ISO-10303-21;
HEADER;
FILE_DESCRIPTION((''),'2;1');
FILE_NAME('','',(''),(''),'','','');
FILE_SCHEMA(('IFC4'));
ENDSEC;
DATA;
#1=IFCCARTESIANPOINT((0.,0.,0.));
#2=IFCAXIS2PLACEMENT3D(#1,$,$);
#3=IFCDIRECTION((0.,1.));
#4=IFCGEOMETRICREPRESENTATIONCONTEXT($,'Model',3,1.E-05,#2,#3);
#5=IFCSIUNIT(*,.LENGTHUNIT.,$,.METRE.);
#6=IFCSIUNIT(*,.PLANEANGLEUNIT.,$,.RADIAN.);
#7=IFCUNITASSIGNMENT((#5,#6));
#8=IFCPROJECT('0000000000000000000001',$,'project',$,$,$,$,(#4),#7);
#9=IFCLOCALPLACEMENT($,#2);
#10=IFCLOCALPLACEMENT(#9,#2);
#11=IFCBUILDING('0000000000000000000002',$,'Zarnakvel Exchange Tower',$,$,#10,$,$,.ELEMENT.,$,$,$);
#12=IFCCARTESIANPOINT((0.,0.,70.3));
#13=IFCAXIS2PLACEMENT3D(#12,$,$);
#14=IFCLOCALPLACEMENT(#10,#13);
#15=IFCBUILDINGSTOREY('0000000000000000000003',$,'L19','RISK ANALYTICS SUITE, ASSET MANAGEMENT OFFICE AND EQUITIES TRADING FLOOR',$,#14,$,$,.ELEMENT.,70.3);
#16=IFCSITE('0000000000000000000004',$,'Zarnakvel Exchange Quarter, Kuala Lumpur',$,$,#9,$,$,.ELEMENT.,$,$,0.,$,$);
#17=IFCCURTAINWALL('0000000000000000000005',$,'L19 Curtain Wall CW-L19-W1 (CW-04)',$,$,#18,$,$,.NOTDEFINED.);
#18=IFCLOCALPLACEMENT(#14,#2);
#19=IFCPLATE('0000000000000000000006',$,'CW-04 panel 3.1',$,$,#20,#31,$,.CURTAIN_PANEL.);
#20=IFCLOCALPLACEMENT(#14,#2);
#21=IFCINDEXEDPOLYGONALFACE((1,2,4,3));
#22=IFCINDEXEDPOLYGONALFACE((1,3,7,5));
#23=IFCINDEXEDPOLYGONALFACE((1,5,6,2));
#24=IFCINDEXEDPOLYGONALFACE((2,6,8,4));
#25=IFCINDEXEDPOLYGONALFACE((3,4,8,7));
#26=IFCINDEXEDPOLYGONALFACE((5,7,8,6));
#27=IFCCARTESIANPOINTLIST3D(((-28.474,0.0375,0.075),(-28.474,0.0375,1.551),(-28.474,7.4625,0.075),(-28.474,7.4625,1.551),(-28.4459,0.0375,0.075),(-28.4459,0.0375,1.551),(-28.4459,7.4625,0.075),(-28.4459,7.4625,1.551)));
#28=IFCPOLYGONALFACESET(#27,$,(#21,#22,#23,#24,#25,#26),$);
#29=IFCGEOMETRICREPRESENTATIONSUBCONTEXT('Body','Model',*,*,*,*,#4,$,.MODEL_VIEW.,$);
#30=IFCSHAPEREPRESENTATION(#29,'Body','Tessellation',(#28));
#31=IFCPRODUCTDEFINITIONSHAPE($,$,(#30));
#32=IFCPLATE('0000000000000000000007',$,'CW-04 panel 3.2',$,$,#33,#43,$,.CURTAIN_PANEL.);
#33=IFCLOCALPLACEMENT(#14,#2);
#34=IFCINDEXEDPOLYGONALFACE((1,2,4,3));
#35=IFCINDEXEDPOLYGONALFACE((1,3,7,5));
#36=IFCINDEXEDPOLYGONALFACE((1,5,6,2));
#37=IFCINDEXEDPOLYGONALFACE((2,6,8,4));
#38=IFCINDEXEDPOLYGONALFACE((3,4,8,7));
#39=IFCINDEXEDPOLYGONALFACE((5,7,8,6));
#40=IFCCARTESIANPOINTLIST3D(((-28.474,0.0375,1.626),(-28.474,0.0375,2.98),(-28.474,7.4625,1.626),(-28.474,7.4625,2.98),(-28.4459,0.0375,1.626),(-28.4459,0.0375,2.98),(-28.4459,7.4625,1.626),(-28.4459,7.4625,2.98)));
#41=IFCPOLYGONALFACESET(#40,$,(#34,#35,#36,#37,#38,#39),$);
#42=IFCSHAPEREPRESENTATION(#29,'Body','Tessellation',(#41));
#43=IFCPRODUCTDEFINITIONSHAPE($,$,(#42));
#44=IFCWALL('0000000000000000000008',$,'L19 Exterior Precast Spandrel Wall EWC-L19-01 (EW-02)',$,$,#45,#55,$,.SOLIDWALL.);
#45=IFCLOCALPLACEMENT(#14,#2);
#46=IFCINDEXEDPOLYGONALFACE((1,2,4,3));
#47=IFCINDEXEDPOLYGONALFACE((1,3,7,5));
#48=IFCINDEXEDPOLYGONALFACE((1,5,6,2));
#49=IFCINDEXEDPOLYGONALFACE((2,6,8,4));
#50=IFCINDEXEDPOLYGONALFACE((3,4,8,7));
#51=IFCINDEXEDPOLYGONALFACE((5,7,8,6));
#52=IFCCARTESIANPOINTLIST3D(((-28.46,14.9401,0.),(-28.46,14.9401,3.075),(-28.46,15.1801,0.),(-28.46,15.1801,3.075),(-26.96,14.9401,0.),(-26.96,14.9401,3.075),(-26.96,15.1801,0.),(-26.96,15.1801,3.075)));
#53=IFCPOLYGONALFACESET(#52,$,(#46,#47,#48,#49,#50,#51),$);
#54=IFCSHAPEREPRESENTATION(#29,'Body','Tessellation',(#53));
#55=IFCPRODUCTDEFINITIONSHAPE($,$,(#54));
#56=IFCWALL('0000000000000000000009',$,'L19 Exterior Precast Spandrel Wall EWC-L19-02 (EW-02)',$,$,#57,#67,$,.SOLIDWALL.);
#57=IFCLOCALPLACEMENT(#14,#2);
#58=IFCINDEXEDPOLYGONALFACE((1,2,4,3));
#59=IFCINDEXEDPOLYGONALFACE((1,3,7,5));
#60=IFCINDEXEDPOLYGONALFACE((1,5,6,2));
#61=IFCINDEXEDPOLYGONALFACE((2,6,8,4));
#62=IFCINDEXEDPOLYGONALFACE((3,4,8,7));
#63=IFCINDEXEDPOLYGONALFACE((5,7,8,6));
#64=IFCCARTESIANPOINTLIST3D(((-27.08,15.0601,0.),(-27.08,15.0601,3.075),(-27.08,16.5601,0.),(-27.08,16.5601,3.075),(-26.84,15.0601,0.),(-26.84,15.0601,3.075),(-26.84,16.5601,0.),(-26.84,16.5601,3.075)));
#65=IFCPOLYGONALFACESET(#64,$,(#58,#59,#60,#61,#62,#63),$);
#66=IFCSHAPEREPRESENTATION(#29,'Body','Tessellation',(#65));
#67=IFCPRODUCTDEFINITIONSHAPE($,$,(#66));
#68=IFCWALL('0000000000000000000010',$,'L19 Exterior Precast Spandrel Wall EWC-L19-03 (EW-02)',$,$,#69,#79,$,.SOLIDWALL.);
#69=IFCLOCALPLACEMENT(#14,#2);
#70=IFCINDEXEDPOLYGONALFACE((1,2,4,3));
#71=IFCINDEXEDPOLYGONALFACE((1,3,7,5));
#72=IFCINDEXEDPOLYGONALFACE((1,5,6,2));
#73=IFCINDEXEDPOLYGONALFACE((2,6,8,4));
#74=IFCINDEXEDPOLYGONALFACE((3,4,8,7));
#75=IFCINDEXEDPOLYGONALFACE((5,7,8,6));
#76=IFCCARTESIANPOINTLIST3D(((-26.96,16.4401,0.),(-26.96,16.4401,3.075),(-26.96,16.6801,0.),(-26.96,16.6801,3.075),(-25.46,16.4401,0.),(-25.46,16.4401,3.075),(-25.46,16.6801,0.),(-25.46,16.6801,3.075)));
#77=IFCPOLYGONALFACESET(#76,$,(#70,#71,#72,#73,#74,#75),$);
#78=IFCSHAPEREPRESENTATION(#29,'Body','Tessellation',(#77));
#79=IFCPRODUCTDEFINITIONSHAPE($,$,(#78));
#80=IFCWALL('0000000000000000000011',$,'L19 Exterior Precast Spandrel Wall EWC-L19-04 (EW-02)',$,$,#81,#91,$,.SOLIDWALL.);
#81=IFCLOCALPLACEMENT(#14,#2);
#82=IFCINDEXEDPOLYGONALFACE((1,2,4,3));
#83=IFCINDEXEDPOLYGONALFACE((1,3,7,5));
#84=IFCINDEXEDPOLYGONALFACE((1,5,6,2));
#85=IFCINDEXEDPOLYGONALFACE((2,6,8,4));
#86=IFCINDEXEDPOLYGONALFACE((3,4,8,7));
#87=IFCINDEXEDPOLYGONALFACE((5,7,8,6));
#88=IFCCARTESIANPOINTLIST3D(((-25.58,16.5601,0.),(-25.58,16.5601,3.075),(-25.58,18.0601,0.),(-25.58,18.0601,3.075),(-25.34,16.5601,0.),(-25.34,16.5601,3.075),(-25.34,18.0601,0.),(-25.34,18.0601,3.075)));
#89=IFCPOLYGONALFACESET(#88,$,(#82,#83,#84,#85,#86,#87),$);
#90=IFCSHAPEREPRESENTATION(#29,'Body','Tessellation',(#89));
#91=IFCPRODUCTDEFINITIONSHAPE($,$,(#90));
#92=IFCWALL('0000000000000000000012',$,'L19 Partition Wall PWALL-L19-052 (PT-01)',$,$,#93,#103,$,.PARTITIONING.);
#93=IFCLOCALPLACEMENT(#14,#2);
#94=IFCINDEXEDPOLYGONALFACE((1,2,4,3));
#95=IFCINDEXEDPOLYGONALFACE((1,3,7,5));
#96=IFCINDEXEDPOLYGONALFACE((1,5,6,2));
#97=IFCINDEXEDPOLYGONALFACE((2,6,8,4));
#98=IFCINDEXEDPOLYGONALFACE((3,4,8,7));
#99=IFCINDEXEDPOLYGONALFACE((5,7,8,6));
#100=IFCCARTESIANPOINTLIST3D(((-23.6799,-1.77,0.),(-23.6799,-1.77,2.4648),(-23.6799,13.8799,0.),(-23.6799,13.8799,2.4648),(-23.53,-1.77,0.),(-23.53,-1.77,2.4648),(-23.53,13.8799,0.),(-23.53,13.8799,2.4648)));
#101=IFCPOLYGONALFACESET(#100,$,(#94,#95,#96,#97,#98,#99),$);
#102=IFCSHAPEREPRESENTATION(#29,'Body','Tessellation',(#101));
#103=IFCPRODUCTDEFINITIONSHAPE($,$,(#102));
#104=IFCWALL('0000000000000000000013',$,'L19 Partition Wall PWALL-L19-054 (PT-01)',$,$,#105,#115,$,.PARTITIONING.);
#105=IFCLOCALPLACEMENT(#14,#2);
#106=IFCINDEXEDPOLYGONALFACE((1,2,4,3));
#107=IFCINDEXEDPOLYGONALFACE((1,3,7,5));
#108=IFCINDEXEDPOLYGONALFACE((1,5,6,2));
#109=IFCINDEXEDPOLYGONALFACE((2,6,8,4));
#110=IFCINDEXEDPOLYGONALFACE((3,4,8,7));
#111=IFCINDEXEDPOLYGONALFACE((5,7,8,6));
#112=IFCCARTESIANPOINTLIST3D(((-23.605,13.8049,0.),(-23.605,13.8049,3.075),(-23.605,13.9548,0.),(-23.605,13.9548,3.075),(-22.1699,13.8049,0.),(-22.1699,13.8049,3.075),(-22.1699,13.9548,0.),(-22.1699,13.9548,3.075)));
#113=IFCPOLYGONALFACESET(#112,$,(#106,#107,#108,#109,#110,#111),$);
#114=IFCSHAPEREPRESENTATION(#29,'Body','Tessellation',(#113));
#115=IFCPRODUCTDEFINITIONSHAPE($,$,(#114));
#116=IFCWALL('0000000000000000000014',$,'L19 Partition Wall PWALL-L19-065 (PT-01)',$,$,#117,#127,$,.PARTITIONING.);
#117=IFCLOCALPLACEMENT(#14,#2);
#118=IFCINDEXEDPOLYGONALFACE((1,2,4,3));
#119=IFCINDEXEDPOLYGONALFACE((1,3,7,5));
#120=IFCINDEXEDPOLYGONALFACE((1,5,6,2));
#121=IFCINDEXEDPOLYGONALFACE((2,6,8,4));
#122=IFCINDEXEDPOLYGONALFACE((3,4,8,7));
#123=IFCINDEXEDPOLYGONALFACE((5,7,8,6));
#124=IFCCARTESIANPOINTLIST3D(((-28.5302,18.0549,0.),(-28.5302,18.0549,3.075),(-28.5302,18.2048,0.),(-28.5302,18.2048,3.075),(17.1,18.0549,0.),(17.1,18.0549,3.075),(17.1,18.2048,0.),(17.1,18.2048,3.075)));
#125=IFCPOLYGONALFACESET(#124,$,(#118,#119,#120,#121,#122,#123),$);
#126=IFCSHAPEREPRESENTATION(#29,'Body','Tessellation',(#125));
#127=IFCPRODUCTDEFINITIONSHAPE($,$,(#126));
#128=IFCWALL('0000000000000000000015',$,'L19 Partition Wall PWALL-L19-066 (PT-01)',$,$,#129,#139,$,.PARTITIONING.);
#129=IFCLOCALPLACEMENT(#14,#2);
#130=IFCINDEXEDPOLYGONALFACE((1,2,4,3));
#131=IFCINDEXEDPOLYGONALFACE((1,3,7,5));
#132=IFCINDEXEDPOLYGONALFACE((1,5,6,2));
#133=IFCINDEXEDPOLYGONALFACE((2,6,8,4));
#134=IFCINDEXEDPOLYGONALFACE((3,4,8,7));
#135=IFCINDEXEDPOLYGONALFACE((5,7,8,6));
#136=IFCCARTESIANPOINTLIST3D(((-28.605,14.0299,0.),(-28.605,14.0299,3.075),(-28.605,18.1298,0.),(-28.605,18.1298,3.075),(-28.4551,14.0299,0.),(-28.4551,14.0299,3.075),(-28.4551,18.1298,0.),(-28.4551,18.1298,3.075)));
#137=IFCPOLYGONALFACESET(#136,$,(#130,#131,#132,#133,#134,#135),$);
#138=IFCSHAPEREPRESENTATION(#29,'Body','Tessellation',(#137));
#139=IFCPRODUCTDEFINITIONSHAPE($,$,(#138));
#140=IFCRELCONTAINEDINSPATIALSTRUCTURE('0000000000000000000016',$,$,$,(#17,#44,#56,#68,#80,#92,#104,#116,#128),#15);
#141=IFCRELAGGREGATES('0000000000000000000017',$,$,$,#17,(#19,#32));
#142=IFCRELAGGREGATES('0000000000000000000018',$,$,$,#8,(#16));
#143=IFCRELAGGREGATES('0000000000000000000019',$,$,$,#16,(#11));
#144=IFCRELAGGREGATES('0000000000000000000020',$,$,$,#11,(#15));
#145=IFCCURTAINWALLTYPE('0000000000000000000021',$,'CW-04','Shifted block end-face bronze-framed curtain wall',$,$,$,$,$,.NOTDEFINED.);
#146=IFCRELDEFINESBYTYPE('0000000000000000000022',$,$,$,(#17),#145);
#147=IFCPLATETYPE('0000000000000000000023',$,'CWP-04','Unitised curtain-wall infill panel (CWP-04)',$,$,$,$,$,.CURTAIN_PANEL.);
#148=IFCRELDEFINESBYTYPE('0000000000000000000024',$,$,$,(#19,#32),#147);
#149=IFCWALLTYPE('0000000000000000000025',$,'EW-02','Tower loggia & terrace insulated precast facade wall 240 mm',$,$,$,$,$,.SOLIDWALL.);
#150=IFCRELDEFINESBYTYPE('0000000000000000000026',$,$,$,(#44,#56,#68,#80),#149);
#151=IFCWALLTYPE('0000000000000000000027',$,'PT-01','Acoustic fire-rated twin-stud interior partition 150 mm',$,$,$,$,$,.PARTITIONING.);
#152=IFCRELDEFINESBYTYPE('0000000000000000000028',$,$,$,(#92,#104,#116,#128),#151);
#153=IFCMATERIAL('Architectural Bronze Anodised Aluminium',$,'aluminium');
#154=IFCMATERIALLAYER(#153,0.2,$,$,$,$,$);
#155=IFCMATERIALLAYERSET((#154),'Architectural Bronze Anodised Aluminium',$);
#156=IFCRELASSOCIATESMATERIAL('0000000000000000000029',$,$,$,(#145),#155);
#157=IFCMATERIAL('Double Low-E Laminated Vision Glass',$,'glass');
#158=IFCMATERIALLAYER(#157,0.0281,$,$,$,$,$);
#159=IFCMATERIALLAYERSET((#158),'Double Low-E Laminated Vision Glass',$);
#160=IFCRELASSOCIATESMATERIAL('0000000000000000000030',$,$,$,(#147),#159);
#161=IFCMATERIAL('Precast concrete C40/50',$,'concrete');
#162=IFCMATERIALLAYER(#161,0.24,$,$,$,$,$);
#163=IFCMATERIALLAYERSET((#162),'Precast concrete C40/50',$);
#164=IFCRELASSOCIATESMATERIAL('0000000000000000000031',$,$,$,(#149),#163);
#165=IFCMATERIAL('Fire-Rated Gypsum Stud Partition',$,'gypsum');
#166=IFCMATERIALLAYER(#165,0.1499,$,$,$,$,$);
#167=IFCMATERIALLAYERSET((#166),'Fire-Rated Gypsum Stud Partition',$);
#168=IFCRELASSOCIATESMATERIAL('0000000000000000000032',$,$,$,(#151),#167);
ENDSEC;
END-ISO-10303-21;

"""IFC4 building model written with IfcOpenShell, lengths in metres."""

from ifc_helpers import new_model, si_unit, direction, frame, frame_2d, origin, origin_2d, place, context, subcontext, project, spatial, rectangle, extrude, source, transform, mapped, material, layer, layer_set, type_object, element, aggregate, save


model = new_model("IFC4")

# Units and contexts
model_context = context("Model", 3, precision=1e-05, world=origin(), true_north=direction((0.0, 1.0)))
body_context = subcontext(model_context, "Body", "Model", "MODEL_VIEW")
ifc_project = project(units=[si_unit("LENGTHUNIT", "METRE"), si_unit("PLANEANGLEUNIT", "RADIAN")], contexts=[model_context])

# Site, building, storey
site_placement = place(None, origin())
site = spatial("IfcSite", under=ifc_project, at=site_placement, Name="Zarnakvel Exchange Quarter, Kuala Lumpur", CompositionType="ELEMENT", RefElevation=0.0)
building_placement = place(site_placement, origin())
building = spatial("IfcBuilding", under=site, at=building_placement, Name="Zarnakvel Exchange Tower", CompositionType="ELEMENT")
storey_placement = place(building_placement, frame((0.0, 0.0, 70.3)))
storey = spatial("IfcBuildingStorey", under=building, at=storey_placement, Name="L19", Description="RISK ANALYTICS SUITE, ASSET MANAGEMENT OFFICE AND EQUITIES TRADING FLOOR", CompositionType="ELEMENT", Elevation=70.3)

# Curtain wall
ifc_material_1 = material(Name="Architectural Bronze Anodised Aluminium", Category="aluminium")
ifc_layer_1 = layer(ifc_material_1, 0.2)
ifc_layer_set_1 = layer_set([ifc_layer_1], Name="Architectural Bronze Anodised Aluminium")
curtain_wall_type_1 = type_object("IfcCurtainWallType", Name="CW-04", Description="Shifted block end-face bronze-framed curtain wall", PredefinedType="NOTDEFINED", material=ifc_layer_set_1)
curtain_wall_1_placement = place(storey_placement, origin())
curtain_wall_1 = element("IfcCurtainWall", 1, at=curtain_wall_1_placement, inside=storey, type_object=curtain_wall_type_1, Name="L19 Curtain Wall CW-L19-W1 (CW-04)", PredefinedType="NOTDEFINED")

# Plates
ifc_material_2 = material(Name="Double Low-E Laminated Vision Glass", Category="glass")
ifc_layer_2 = layer(ifc_material_2, 0.0281)
ifc_layer_set_2 = layer_set([ifc_layer_2], Name="Double Low-E Laminated Vision Glass")
plate_type = type_object("IfcPlateType", Name="CWP-04", Description="Unitised curtain-wall infill panel (CWP-04)", PredefinedType="CURTAIN_PANEL", material=ifc_layer_set_2)
shared_shape_1 = source(origin(), body_context, "Body", "SweptSolid", [
    extrude(rectangle(XDim=7.425, YDim=0.0281, at=origin_2d()), origin(), (0.0, 0.0, 1.0), 1.4761),
])
plate_1_placement = place(storey_placement, frame((-28.46, 3.75, 0.075), z_axis=(0.0, 0.0, 1.0), x_axis=(0.0, 1.0, 0.0)))
plate_1 = element("IfcPlate", 2, at=plate_1_placement, type_object=plate_type, Name="CW-04 panel 3.1", PredefinedType="CURTAIN_PANEL", context=body_context, shape_type="MappedRepresentation", body=[
    mapped(shared_shape_1, transform((0.0, 0.0, 0.0), x_axis=(1.0, 0.0, 0.0), y_axis=(0.0, 1.0, 0.0), z_axis=(0.0, 0.0, 1.0), scale=1.0)),
])
shared_shape_2 = source(origin(), body_context, "Body", "SweptSolid", [
    extrude(rectangle(XDim=7.425, YDim=0.0281, at=origin_2d()), origin(), (0.0, 0.0, 1.0), 1.354),
])
plate_2_placement = place(storey_placement, frame((-28.46, 3.75, 1.626), z_axis=(0.0, 0.0, 1.0), x_axis=(0.0, 1.0, 0.0)))
plate_2 = element("IfcPlate", 3, at=plate_2_placement, type_object=plate_type, Name="CW-04 panel 3.2", PredefinedType="CURTAIN_PANEL", context=body_context, shape_type="MappedRepresentation", body=[
    mapped(shared_shape_2, transform((0.0, 0.0, 0.0), x_axis=(1.0, 0.0, 0.0), y_axis=(0.0, 1.0, 0.0), z_axis=(0.0, 0.0, 1.0), scale=1.0)),
])
aggregate(curtain_wall_1, [plate_1, plate_2])

# Walls
ifc_material_3 = material(Name="Precast concrete C40/50", Category="concrete")
ifc_layer_3 = layer(ifc_material_3, 0.24)
ifc_layer_set_3 = layer_set([ifc_layer_3], Name="Precast concrete C40/50")
wall_type_1 = type_object("IfcWallType", Name="EW-02", Description="Tower loggia & terrace insulated precast facade wall 240 mm", PredefinedType="SOLIDWALL", material=ifc_layer_set_3)
for number, where, z_axis, x_axis, name in (
    (4, (-26.96, 15.0601, 0.0), (0.0, 0.0, 1.0), (-1.0, 0.0, 0.0), "L19 Exterior Precast Spandrel Wall EWC-L19-01 (EW-02)"),
    (5, (-26.96, 16.5601, 0.0), (0.0, 0.0, 1.0), (0.0, -1.0, 0.0), "L19 Exterior Precast Spandrel Wall EWC-L19-02 (EW-02)"),
    (6, (-25.46, 16.5601, 0.0), (0.0, 0.0, 1.0), (-1.0, 0.0, 0.0), "L19 Exterior Precast Spandrel Wall EWC-L19-03 (EW-02)"),
    (7, (-25.46, 18.0601, 0.0), (0.0, 0.0, 1.0), (0.0, -1.0, 0.0), "L19 Exterior Precast Spandrel Wall EWC-L19-04 (EW-02)"),
):
    element("IfcWall", number, at=place(storey_placement, frame(where, z_axis=z_axis, x_axis=x_axis)), inside=storey, type_object=wall_type_1, Name=name, PredefinedType="SOLIDWALL", context=body_context, shape_type="SweptSolid", body=[
        extrude(rectangle(XDim=1.5, YDim=0.24, at=frame_2d((0.75, 0.0))), origin(), (0.0, 0.0, 1.0), 3.075),
    ])

# Shared definitions
ifc_material_4 = material(Name="Fire-Rated Gypsum Stud Partition", Category="gypsum")
ifc_layer_4 = layer(ifc_material_4, 0.1499)
ifc_layer_set_4 = layer_set([ifc_layer_4], Name="Fire-Rated Gypsum Stud Partition")
wall_type_2 = type_object("IfcWallType", Name="PT-01", Description="Acoustic fire-rated twin-stud interior partition 150 mm", PredefinedType="PARTITIONING", material=ifc_layer_set_4)

# Walls
wall_1_placement = place(storey_placement, frame((-23.605, 13.8799, 0.0), z_axis=(0.0, 0.0, 1.0), x_axis=(0.0, -1.0, 0.0)))
element("IfcWall", 8, at=wall_1_placement, inside=storey, type_object=wall_type_2, Name="L19 Partition Wall PWALL-L19-052 (PT-01)", PredefinedType="PARTITIONING", context=body_context, shape_type="SweptSolid", body=[
    extrude(rectangle(XDim=15.6499, YDim=0.1499, at=frame_2d((7.825, 0.0))), origin(), (0.0, 0.0, 1.0), 2.4648),
])
wall_2_placement = place(storey_placement, frame((-23.605, 13.8799, 0.0), z_axis=(0.0, 0.0, 1.0), x_axis=(1.0, 0.0, 0.0)))
element("IfcWall", 9, at=wall_2_placement, inside=storey, type_object=wall_type_2, Name="L19 Partition Wall PWALL-L19-054 (PT-01)", PredefinedType="PARTITIONING", context=body_context, shape_type="SweptSolid", body=[
    extrude(rectangle(XDim=1.4351, YDim=0.1499, at=frame_2d((0.7175, 0.0))), origin(), (0.0, 0.0, 1.0), 3.075),
])
wall_3_placement = place(storey_placement, frame((-28.53, 18.1299, 0.0), z_axis=(0.0, 0.0, 1.0), x_axis=(1.0, 0.0, 0.0)))
element("IfcWall", 10, at=wall_3_placement, inside=storey, type_object=wall_type_2, Name="L19 Partition Wall PWALL-L19-065 (PT-01)", PredefinedType="PARTITIONING", context=body_context, shape_type="SweptSolid", body=[
    extrude(rectangle(XDim=45.6301, YDim=0.1499, at=frame_2d((22.8149, 0.0))), origin(), (0.0, 0.0, 1.0), 3.075),
])
wall_4_placement = place(storey_placement, frame((-28.53, 14.03, 0.0), z_axis=(0.0, 0.0, 1.0), x_axis=(0.0, 1.0, 0.0)))
element("IfcWall", 11, at=wall_4_placement, inside=storey, type_object=wall_type_2, Name="L19 Partition Wall PWALL-L19-066 (PT-01)", PredefinedType="PARTITIONING", context=body_context, shape_type="SweptSolid", body=[
    extrude(rectangle(XDim=4.0999, YDim=0.1499, at=frame_2d((2.0498, 0.0))), origin(), (0.0, 0.0, 1.0), 3.075),
])

save(model, "model.ifc")
